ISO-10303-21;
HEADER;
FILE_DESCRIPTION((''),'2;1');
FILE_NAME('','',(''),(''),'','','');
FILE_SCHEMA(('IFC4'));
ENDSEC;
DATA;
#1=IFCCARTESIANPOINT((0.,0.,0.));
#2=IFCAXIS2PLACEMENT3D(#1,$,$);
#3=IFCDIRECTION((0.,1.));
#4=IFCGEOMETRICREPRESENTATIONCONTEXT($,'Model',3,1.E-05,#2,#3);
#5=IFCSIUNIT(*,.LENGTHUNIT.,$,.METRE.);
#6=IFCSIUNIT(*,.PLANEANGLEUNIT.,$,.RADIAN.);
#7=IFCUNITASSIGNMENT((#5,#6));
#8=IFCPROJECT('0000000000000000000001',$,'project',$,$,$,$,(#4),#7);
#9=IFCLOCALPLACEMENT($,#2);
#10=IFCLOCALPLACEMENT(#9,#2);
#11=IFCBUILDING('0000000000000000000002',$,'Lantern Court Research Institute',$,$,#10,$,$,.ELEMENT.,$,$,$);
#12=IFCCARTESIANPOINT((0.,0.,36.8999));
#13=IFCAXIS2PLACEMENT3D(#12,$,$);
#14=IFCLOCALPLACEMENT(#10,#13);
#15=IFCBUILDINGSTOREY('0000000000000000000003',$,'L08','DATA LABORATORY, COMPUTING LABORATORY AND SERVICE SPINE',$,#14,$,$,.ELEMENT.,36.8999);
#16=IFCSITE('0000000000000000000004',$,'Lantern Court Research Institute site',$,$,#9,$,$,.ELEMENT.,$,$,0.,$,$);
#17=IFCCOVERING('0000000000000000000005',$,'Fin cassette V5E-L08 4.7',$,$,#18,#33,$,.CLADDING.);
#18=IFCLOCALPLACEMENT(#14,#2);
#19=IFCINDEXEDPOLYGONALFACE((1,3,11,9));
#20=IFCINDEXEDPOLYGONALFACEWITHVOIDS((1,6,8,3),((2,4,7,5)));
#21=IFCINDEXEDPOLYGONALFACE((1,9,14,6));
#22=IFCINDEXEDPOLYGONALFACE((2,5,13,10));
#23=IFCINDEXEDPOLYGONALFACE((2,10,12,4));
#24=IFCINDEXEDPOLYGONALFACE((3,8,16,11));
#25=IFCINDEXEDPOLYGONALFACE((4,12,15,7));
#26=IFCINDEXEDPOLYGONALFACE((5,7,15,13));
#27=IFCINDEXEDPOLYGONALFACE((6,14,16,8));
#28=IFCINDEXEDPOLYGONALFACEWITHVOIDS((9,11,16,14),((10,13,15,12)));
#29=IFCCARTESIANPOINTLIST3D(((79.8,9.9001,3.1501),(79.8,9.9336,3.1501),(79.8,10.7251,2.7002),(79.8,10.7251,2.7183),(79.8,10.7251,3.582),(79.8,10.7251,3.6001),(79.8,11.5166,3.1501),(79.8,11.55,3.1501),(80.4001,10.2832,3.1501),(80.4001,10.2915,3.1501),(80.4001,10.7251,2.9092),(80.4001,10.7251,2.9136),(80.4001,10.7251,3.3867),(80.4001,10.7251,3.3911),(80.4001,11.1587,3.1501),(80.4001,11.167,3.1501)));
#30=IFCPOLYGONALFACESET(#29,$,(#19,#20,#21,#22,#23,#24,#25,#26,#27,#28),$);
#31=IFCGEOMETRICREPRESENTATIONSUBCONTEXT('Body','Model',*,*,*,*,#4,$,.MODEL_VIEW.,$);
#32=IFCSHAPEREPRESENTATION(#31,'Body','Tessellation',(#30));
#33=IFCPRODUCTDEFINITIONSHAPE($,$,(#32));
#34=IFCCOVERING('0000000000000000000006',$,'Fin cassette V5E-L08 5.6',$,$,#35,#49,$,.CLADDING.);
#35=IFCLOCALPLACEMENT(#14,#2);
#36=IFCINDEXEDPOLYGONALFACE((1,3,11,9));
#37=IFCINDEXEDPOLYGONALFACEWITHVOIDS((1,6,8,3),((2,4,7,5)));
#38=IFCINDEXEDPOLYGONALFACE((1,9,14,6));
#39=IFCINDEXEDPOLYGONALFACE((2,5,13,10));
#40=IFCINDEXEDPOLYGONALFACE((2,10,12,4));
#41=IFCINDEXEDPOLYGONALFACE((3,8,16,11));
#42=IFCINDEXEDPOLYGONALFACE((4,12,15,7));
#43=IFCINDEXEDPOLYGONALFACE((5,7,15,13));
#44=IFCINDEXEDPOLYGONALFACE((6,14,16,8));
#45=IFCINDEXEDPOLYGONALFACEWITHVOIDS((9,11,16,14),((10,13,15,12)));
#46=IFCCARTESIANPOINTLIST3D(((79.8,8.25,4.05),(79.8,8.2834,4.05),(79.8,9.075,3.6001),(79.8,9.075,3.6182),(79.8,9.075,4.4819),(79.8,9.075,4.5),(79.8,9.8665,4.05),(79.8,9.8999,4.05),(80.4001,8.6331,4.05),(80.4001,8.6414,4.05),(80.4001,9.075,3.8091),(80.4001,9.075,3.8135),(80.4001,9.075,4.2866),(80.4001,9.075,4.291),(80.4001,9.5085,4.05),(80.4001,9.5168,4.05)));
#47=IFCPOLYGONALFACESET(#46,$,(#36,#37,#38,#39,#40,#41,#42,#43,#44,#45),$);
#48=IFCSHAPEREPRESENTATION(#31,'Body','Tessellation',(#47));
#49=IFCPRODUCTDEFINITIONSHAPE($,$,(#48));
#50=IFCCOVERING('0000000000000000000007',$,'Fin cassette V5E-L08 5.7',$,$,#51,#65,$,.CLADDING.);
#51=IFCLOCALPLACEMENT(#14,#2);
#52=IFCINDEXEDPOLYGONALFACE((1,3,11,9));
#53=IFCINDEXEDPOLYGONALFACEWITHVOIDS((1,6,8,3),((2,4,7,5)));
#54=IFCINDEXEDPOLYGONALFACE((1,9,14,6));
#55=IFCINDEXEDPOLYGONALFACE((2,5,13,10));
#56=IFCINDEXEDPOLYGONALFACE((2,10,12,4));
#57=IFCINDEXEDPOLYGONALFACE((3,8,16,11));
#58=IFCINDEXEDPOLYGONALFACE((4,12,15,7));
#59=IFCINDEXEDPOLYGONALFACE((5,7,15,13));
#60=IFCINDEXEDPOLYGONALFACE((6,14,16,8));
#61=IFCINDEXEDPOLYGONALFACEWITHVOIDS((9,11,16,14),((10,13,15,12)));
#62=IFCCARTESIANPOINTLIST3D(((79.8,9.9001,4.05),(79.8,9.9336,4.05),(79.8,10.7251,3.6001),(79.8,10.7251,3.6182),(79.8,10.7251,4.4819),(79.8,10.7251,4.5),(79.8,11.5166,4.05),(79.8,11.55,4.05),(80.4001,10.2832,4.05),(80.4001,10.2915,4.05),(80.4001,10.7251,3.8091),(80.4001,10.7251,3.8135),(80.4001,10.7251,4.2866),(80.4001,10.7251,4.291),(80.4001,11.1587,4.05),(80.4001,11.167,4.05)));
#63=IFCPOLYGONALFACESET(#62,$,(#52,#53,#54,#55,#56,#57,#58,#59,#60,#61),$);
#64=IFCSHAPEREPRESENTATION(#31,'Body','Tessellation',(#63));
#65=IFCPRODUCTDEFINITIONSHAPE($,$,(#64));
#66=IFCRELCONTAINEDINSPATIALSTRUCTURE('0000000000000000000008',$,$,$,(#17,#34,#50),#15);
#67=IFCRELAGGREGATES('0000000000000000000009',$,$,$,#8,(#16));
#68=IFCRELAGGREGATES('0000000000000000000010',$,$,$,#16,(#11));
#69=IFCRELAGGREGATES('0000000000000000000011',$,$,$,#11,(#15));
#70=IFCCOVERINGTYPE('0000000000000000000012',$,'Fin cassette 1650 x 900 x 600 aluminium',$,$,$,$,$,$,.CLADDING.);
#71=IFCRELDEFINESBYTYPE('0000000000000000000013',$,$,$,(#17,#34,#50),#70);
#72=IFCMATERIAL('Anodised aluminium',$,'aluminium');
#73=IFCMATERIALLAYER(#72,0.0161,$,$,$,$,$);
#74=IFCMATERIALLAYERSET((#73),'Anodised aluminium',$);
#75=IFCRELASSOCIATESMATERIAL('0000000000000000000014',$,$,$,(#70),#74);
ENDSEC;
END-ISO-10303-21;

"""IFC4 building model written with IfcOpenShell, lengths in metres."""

from ifc_helpers import new_model, entity, si_unit, direction, frame, origin, place, context, subcontext, project, spatial, material, layer, layer_set, type_object, element, save


model = new_model("IFC4")

# Units and contexts
model_context = context("Model", 3, precision=1e-05, world=origin(), true_north=direction((0.0, 1.0)))
body_context = subcontext(model_context, "Body", "Model", "MODEL_VIEW")
ifc_project = project(units=[si_unit("LENGTHUNIT", "METRE"), si_unit("PLANEANGLEUNIT", "RADIAN")], contexts=[model_context])

# Site, building, storey
site_placement = place(None, origin())
site = spatial("IfcSite", under=ifc_project, at=site_placement, Name="Lantern Court Research Institute site", CompositionType="ELEMENT", RefElevation=0.0)
building_placement = place(site_placement, origin())
building = spatial("IfcBuilding", under=site, at=building_placement, Name="Lantern Court Research Institute", CompositionType="ELEMENT")
storey_placement = place(building_placement, frame((0.0, 0.0, 36.8999)))
storey = spatial("IfcBuildingStorey", under=building, at=storey_placement, Name="L08", Description="DATA LABORATORY, COMPUTING LABORATORY AND SERVICE SPINE", CompositionType="ELEMENT", Elevation=36.8999)

# Coverings
ifc_material_1 = material(Name="Anodised aluminium", Category="aluminium")
ifc_layer_1 = layer(ifc_material_1, 0.0161)
ifc_layer_set_1 = layer_set([ifc_layer_1], Name="Anodised aluminium")
covering_type = type_object("IfcCoveringType", Name="Fin cassette 1650 x 900 x 600 aluminium", PredefinedType="CLADDING", material=ifc_layer_set_1)
covering_1_placement = place(storey_placement, frame((79.8, 10.7251, 3.1501), z_axis=(1.0, 0.0, 0.0), x_axis=(0.0, 1.0, 0.0)))
cartesian_point_1 = entity("IfcCartesianPoint", [0.825, 0.0])
cartesian_point_2 = entity("IfcCartesianPoint", [0.7915, 0.0])
cartesian_point_3 = entity("IfcCartesianPoint", [0.4419, 0.0])
cartesian_point_4 = entity("IfcCartesianPoint", [0.4336, 0.0])
element("IfcCovering", 1, at=covering_1_placement, inside=storey, type_object=covering_type, Name="Fin cassette V5E-L08 4.7", PredefinedType="CLADDING", context=body_context, shape_type="SweptSolid", body=[
    entity("IfcExtrudedAreaSolidTapered", entity("IfcArbitraryProfileDefWithVoids", "AREA", None, entity("IfcPolyline", [cartesian_point_1, entity("IfcCartesianPoint", [0.0, 0.45]), entity("IfcCartesianPoint", [-0.825, 0.0]), entity("IfcCartesianPoint", [0.0, -0.45]), cartesian_point_1]), [entity("IfcPolyline", [cartesian_point_2, entity("IfcCartesianPoint", [0.0, 0.4319]), entity("IfcCartesianPoint", [-0.7915, 0.0]), entity("IfcCartesianPoint", [0.0, -0.4319]), cartesian_point_2])]), entity("IfcAxis2Placement3D", entity("IfcCartesianPoint", [0.0, 0.0, 0.0])), entity("IfcDirection", [0.0, 0.0, 1.0]), 0.6001, entity("IfcArbitraryProfileDefWithVoids", "AREA", None, entity("IfcPolyline", [cartesian_point_3, entity("IfcCartesianPoint", [0.0, 0.241]), entity("IfcCartesianPoint", [-0.4419, 0.0]), entity("IfcCartesianPoint", [0.0, -0.241]), cartesian_point_3]), [entity("IfcPolyline", [cartesian_point_4, entity("IfcCartesianPoint", [0.0, 0.2366]), entity("IfcCartesianPoint", [-0.4336, 0.0]), entity("IfcCartesianPoint", [0.0, -0.2366]), cartesian_point_4])])),
])
covering_2_placement = place(storey_placement, frame((79.8, 9.075, 4.05), z_axis=(1.0, 0.0, 0.0), x_axis=(0.0, 1.0, 0.0)))
cartesian_point_5 = entity("IfcCartesianPoint", [0.825, 0.0])
cartesian_point_6 = entity("IfcCartesianPoint", [0.7915, 0.0])
cartesian_point_7 = entity("IfcCartesianPoint", [0.4419, 0.0])
cartesian_point_8 = entity("IfcCartesianPoint", [0.4336, 0.0])
element("IfcCovering", 2, at=covering_2_placement, inside=storey, type_object=covering_type, Name="Fin cassette V5E-L08 5.6", PredefinedType="CLADDING", context=body_context, shape_type="SweptSolid", body=[
    entity("IfcExtrudedAreaSolidTapered", entity("IfcArbitraryProfileDefWithVoids", "AREA", None, entity("IfcPolyline", [cartesian_point_5, entity("IfcCartesianPoint", [0.0, 0.45]), entity("IfcCartesianPoint", [-0.825, 0.0]), entity("IfcCartesianPoint", [0.0, -0.45]), cartesian_point_5]), [entity("IfcPolyline", [cartesian_point_6, entity("IfcCartesianPoint", [0.0, 0.4319]), entity("IfcCartesianPoint", [-0.7915, 0.0]), entity("IfcCartesianPoint", [0.0, -0.4319]), cartesian_point_6])]), entity("IfcAxis2Placement3D", entity("IfcCartesianPoint", [0.0, 0.0, 0.0])), entity("IfcDirection", [0.0, 0.0, 1.0]), 0.6001, entity("IfcArbitraryProfileDefWithVoids", "AREA", None, entity("IfcPolyline", [cartesian_point_7, entity("IfcCartesianPoint", [0.0, 0.241]), entity("IfcCartesianPoint", [-0.4419, 0.0]), entity("IfcCartesianPoint", [0.0, -0.241]), cartesian_point_7]), [entity("IfcPolyline", [cartesian_point_8, entity("IfcCartesianPoint", [0.0, 0.2366]), entity("IfcCartesianPoint", [-0.4336, 0.0]), entity("IfcCartesianPoint", [0.0, -0.2366]), cartesian_point_8])])),
])
covering_3_placement = place(storey_placement, frame((79.8, 10.7251, 4.05), z_axis=(1.0, 0.0, 0.0), x_axis=(0.0, 1.0, 0.0)))
cartesian_point_9 = entity("IfcCartesianPoint", [0.825, 0.0])
cartesian_point_10 = entity("IfcCartesianPoint", [0.7915, 0.0])
cartesian_point_11 = entity("IfcCartesianPoint", [0.4419, 0.0])
cartesian_point_12 = entity("IfcCartesianPoint", [0.4336, 0.0])
element("IfcCovering", 3, at=covering_3_placement, inside=storey, type_object=covering_type, Name="Fin cassette V5E-L08 5.7", PredefinedType="CLADDING", context=body_context, shape_type="SweptSolid", body=[
    entity("IfcExtrudedAreaSolidTapered", entity("IfcArbitraryProfileDefWithVoids", "AREA", None, entity("IfcPolyline", [cartesian_point_9, entity("IfcCartesianPoint", [0.0, 0.45]), entity("IfcCartesianPoint", [-0.825, 0.0]), entity("IfcCartesianPoint", [0.0, -0.45]), cartesian_point_9]), [entity("IfcPolyline", [cartesian_point_10, entity("IfcCartesianPoint", [0.0, 0.4319]), entity("IfcCartesianPoint", [-0.7915, 0.0]), entity("IfcCartesianPoint", [0.0, -0.4319]), cartesian_point_10])]), entity("IfcAxis2Placement3D", entity("IfcCartesianPoint", [0.0, 0.0, 0.0])), entity("IfcDirection", [0.0, 0.0, 1.0]), 0.6001, entity("IfcArbitraryProfileDefWithVoids", "AREA", None, entity("IfcPolyline", [cartesian_point_11, entity("IfcCartesianPoint", [0.0, 0.241]), entity("IfcCartesianPoint", [-0.4419, 0.0]), entity("IfcCartesianPoint", [0.0, -0.241]), cartesian_point_11]), [entity("IfcPolyline", [cartesian_point_12, entity("IfcCartesianPoint", [0.0, 0.2366]), entity("IfcCartesianPoint", [-0.4336, 0.0]), entity("IfcCartesianPoint", [0.0, -0.2366]), cartesian_point_12])])),
])

save(model, "model.ifc")
